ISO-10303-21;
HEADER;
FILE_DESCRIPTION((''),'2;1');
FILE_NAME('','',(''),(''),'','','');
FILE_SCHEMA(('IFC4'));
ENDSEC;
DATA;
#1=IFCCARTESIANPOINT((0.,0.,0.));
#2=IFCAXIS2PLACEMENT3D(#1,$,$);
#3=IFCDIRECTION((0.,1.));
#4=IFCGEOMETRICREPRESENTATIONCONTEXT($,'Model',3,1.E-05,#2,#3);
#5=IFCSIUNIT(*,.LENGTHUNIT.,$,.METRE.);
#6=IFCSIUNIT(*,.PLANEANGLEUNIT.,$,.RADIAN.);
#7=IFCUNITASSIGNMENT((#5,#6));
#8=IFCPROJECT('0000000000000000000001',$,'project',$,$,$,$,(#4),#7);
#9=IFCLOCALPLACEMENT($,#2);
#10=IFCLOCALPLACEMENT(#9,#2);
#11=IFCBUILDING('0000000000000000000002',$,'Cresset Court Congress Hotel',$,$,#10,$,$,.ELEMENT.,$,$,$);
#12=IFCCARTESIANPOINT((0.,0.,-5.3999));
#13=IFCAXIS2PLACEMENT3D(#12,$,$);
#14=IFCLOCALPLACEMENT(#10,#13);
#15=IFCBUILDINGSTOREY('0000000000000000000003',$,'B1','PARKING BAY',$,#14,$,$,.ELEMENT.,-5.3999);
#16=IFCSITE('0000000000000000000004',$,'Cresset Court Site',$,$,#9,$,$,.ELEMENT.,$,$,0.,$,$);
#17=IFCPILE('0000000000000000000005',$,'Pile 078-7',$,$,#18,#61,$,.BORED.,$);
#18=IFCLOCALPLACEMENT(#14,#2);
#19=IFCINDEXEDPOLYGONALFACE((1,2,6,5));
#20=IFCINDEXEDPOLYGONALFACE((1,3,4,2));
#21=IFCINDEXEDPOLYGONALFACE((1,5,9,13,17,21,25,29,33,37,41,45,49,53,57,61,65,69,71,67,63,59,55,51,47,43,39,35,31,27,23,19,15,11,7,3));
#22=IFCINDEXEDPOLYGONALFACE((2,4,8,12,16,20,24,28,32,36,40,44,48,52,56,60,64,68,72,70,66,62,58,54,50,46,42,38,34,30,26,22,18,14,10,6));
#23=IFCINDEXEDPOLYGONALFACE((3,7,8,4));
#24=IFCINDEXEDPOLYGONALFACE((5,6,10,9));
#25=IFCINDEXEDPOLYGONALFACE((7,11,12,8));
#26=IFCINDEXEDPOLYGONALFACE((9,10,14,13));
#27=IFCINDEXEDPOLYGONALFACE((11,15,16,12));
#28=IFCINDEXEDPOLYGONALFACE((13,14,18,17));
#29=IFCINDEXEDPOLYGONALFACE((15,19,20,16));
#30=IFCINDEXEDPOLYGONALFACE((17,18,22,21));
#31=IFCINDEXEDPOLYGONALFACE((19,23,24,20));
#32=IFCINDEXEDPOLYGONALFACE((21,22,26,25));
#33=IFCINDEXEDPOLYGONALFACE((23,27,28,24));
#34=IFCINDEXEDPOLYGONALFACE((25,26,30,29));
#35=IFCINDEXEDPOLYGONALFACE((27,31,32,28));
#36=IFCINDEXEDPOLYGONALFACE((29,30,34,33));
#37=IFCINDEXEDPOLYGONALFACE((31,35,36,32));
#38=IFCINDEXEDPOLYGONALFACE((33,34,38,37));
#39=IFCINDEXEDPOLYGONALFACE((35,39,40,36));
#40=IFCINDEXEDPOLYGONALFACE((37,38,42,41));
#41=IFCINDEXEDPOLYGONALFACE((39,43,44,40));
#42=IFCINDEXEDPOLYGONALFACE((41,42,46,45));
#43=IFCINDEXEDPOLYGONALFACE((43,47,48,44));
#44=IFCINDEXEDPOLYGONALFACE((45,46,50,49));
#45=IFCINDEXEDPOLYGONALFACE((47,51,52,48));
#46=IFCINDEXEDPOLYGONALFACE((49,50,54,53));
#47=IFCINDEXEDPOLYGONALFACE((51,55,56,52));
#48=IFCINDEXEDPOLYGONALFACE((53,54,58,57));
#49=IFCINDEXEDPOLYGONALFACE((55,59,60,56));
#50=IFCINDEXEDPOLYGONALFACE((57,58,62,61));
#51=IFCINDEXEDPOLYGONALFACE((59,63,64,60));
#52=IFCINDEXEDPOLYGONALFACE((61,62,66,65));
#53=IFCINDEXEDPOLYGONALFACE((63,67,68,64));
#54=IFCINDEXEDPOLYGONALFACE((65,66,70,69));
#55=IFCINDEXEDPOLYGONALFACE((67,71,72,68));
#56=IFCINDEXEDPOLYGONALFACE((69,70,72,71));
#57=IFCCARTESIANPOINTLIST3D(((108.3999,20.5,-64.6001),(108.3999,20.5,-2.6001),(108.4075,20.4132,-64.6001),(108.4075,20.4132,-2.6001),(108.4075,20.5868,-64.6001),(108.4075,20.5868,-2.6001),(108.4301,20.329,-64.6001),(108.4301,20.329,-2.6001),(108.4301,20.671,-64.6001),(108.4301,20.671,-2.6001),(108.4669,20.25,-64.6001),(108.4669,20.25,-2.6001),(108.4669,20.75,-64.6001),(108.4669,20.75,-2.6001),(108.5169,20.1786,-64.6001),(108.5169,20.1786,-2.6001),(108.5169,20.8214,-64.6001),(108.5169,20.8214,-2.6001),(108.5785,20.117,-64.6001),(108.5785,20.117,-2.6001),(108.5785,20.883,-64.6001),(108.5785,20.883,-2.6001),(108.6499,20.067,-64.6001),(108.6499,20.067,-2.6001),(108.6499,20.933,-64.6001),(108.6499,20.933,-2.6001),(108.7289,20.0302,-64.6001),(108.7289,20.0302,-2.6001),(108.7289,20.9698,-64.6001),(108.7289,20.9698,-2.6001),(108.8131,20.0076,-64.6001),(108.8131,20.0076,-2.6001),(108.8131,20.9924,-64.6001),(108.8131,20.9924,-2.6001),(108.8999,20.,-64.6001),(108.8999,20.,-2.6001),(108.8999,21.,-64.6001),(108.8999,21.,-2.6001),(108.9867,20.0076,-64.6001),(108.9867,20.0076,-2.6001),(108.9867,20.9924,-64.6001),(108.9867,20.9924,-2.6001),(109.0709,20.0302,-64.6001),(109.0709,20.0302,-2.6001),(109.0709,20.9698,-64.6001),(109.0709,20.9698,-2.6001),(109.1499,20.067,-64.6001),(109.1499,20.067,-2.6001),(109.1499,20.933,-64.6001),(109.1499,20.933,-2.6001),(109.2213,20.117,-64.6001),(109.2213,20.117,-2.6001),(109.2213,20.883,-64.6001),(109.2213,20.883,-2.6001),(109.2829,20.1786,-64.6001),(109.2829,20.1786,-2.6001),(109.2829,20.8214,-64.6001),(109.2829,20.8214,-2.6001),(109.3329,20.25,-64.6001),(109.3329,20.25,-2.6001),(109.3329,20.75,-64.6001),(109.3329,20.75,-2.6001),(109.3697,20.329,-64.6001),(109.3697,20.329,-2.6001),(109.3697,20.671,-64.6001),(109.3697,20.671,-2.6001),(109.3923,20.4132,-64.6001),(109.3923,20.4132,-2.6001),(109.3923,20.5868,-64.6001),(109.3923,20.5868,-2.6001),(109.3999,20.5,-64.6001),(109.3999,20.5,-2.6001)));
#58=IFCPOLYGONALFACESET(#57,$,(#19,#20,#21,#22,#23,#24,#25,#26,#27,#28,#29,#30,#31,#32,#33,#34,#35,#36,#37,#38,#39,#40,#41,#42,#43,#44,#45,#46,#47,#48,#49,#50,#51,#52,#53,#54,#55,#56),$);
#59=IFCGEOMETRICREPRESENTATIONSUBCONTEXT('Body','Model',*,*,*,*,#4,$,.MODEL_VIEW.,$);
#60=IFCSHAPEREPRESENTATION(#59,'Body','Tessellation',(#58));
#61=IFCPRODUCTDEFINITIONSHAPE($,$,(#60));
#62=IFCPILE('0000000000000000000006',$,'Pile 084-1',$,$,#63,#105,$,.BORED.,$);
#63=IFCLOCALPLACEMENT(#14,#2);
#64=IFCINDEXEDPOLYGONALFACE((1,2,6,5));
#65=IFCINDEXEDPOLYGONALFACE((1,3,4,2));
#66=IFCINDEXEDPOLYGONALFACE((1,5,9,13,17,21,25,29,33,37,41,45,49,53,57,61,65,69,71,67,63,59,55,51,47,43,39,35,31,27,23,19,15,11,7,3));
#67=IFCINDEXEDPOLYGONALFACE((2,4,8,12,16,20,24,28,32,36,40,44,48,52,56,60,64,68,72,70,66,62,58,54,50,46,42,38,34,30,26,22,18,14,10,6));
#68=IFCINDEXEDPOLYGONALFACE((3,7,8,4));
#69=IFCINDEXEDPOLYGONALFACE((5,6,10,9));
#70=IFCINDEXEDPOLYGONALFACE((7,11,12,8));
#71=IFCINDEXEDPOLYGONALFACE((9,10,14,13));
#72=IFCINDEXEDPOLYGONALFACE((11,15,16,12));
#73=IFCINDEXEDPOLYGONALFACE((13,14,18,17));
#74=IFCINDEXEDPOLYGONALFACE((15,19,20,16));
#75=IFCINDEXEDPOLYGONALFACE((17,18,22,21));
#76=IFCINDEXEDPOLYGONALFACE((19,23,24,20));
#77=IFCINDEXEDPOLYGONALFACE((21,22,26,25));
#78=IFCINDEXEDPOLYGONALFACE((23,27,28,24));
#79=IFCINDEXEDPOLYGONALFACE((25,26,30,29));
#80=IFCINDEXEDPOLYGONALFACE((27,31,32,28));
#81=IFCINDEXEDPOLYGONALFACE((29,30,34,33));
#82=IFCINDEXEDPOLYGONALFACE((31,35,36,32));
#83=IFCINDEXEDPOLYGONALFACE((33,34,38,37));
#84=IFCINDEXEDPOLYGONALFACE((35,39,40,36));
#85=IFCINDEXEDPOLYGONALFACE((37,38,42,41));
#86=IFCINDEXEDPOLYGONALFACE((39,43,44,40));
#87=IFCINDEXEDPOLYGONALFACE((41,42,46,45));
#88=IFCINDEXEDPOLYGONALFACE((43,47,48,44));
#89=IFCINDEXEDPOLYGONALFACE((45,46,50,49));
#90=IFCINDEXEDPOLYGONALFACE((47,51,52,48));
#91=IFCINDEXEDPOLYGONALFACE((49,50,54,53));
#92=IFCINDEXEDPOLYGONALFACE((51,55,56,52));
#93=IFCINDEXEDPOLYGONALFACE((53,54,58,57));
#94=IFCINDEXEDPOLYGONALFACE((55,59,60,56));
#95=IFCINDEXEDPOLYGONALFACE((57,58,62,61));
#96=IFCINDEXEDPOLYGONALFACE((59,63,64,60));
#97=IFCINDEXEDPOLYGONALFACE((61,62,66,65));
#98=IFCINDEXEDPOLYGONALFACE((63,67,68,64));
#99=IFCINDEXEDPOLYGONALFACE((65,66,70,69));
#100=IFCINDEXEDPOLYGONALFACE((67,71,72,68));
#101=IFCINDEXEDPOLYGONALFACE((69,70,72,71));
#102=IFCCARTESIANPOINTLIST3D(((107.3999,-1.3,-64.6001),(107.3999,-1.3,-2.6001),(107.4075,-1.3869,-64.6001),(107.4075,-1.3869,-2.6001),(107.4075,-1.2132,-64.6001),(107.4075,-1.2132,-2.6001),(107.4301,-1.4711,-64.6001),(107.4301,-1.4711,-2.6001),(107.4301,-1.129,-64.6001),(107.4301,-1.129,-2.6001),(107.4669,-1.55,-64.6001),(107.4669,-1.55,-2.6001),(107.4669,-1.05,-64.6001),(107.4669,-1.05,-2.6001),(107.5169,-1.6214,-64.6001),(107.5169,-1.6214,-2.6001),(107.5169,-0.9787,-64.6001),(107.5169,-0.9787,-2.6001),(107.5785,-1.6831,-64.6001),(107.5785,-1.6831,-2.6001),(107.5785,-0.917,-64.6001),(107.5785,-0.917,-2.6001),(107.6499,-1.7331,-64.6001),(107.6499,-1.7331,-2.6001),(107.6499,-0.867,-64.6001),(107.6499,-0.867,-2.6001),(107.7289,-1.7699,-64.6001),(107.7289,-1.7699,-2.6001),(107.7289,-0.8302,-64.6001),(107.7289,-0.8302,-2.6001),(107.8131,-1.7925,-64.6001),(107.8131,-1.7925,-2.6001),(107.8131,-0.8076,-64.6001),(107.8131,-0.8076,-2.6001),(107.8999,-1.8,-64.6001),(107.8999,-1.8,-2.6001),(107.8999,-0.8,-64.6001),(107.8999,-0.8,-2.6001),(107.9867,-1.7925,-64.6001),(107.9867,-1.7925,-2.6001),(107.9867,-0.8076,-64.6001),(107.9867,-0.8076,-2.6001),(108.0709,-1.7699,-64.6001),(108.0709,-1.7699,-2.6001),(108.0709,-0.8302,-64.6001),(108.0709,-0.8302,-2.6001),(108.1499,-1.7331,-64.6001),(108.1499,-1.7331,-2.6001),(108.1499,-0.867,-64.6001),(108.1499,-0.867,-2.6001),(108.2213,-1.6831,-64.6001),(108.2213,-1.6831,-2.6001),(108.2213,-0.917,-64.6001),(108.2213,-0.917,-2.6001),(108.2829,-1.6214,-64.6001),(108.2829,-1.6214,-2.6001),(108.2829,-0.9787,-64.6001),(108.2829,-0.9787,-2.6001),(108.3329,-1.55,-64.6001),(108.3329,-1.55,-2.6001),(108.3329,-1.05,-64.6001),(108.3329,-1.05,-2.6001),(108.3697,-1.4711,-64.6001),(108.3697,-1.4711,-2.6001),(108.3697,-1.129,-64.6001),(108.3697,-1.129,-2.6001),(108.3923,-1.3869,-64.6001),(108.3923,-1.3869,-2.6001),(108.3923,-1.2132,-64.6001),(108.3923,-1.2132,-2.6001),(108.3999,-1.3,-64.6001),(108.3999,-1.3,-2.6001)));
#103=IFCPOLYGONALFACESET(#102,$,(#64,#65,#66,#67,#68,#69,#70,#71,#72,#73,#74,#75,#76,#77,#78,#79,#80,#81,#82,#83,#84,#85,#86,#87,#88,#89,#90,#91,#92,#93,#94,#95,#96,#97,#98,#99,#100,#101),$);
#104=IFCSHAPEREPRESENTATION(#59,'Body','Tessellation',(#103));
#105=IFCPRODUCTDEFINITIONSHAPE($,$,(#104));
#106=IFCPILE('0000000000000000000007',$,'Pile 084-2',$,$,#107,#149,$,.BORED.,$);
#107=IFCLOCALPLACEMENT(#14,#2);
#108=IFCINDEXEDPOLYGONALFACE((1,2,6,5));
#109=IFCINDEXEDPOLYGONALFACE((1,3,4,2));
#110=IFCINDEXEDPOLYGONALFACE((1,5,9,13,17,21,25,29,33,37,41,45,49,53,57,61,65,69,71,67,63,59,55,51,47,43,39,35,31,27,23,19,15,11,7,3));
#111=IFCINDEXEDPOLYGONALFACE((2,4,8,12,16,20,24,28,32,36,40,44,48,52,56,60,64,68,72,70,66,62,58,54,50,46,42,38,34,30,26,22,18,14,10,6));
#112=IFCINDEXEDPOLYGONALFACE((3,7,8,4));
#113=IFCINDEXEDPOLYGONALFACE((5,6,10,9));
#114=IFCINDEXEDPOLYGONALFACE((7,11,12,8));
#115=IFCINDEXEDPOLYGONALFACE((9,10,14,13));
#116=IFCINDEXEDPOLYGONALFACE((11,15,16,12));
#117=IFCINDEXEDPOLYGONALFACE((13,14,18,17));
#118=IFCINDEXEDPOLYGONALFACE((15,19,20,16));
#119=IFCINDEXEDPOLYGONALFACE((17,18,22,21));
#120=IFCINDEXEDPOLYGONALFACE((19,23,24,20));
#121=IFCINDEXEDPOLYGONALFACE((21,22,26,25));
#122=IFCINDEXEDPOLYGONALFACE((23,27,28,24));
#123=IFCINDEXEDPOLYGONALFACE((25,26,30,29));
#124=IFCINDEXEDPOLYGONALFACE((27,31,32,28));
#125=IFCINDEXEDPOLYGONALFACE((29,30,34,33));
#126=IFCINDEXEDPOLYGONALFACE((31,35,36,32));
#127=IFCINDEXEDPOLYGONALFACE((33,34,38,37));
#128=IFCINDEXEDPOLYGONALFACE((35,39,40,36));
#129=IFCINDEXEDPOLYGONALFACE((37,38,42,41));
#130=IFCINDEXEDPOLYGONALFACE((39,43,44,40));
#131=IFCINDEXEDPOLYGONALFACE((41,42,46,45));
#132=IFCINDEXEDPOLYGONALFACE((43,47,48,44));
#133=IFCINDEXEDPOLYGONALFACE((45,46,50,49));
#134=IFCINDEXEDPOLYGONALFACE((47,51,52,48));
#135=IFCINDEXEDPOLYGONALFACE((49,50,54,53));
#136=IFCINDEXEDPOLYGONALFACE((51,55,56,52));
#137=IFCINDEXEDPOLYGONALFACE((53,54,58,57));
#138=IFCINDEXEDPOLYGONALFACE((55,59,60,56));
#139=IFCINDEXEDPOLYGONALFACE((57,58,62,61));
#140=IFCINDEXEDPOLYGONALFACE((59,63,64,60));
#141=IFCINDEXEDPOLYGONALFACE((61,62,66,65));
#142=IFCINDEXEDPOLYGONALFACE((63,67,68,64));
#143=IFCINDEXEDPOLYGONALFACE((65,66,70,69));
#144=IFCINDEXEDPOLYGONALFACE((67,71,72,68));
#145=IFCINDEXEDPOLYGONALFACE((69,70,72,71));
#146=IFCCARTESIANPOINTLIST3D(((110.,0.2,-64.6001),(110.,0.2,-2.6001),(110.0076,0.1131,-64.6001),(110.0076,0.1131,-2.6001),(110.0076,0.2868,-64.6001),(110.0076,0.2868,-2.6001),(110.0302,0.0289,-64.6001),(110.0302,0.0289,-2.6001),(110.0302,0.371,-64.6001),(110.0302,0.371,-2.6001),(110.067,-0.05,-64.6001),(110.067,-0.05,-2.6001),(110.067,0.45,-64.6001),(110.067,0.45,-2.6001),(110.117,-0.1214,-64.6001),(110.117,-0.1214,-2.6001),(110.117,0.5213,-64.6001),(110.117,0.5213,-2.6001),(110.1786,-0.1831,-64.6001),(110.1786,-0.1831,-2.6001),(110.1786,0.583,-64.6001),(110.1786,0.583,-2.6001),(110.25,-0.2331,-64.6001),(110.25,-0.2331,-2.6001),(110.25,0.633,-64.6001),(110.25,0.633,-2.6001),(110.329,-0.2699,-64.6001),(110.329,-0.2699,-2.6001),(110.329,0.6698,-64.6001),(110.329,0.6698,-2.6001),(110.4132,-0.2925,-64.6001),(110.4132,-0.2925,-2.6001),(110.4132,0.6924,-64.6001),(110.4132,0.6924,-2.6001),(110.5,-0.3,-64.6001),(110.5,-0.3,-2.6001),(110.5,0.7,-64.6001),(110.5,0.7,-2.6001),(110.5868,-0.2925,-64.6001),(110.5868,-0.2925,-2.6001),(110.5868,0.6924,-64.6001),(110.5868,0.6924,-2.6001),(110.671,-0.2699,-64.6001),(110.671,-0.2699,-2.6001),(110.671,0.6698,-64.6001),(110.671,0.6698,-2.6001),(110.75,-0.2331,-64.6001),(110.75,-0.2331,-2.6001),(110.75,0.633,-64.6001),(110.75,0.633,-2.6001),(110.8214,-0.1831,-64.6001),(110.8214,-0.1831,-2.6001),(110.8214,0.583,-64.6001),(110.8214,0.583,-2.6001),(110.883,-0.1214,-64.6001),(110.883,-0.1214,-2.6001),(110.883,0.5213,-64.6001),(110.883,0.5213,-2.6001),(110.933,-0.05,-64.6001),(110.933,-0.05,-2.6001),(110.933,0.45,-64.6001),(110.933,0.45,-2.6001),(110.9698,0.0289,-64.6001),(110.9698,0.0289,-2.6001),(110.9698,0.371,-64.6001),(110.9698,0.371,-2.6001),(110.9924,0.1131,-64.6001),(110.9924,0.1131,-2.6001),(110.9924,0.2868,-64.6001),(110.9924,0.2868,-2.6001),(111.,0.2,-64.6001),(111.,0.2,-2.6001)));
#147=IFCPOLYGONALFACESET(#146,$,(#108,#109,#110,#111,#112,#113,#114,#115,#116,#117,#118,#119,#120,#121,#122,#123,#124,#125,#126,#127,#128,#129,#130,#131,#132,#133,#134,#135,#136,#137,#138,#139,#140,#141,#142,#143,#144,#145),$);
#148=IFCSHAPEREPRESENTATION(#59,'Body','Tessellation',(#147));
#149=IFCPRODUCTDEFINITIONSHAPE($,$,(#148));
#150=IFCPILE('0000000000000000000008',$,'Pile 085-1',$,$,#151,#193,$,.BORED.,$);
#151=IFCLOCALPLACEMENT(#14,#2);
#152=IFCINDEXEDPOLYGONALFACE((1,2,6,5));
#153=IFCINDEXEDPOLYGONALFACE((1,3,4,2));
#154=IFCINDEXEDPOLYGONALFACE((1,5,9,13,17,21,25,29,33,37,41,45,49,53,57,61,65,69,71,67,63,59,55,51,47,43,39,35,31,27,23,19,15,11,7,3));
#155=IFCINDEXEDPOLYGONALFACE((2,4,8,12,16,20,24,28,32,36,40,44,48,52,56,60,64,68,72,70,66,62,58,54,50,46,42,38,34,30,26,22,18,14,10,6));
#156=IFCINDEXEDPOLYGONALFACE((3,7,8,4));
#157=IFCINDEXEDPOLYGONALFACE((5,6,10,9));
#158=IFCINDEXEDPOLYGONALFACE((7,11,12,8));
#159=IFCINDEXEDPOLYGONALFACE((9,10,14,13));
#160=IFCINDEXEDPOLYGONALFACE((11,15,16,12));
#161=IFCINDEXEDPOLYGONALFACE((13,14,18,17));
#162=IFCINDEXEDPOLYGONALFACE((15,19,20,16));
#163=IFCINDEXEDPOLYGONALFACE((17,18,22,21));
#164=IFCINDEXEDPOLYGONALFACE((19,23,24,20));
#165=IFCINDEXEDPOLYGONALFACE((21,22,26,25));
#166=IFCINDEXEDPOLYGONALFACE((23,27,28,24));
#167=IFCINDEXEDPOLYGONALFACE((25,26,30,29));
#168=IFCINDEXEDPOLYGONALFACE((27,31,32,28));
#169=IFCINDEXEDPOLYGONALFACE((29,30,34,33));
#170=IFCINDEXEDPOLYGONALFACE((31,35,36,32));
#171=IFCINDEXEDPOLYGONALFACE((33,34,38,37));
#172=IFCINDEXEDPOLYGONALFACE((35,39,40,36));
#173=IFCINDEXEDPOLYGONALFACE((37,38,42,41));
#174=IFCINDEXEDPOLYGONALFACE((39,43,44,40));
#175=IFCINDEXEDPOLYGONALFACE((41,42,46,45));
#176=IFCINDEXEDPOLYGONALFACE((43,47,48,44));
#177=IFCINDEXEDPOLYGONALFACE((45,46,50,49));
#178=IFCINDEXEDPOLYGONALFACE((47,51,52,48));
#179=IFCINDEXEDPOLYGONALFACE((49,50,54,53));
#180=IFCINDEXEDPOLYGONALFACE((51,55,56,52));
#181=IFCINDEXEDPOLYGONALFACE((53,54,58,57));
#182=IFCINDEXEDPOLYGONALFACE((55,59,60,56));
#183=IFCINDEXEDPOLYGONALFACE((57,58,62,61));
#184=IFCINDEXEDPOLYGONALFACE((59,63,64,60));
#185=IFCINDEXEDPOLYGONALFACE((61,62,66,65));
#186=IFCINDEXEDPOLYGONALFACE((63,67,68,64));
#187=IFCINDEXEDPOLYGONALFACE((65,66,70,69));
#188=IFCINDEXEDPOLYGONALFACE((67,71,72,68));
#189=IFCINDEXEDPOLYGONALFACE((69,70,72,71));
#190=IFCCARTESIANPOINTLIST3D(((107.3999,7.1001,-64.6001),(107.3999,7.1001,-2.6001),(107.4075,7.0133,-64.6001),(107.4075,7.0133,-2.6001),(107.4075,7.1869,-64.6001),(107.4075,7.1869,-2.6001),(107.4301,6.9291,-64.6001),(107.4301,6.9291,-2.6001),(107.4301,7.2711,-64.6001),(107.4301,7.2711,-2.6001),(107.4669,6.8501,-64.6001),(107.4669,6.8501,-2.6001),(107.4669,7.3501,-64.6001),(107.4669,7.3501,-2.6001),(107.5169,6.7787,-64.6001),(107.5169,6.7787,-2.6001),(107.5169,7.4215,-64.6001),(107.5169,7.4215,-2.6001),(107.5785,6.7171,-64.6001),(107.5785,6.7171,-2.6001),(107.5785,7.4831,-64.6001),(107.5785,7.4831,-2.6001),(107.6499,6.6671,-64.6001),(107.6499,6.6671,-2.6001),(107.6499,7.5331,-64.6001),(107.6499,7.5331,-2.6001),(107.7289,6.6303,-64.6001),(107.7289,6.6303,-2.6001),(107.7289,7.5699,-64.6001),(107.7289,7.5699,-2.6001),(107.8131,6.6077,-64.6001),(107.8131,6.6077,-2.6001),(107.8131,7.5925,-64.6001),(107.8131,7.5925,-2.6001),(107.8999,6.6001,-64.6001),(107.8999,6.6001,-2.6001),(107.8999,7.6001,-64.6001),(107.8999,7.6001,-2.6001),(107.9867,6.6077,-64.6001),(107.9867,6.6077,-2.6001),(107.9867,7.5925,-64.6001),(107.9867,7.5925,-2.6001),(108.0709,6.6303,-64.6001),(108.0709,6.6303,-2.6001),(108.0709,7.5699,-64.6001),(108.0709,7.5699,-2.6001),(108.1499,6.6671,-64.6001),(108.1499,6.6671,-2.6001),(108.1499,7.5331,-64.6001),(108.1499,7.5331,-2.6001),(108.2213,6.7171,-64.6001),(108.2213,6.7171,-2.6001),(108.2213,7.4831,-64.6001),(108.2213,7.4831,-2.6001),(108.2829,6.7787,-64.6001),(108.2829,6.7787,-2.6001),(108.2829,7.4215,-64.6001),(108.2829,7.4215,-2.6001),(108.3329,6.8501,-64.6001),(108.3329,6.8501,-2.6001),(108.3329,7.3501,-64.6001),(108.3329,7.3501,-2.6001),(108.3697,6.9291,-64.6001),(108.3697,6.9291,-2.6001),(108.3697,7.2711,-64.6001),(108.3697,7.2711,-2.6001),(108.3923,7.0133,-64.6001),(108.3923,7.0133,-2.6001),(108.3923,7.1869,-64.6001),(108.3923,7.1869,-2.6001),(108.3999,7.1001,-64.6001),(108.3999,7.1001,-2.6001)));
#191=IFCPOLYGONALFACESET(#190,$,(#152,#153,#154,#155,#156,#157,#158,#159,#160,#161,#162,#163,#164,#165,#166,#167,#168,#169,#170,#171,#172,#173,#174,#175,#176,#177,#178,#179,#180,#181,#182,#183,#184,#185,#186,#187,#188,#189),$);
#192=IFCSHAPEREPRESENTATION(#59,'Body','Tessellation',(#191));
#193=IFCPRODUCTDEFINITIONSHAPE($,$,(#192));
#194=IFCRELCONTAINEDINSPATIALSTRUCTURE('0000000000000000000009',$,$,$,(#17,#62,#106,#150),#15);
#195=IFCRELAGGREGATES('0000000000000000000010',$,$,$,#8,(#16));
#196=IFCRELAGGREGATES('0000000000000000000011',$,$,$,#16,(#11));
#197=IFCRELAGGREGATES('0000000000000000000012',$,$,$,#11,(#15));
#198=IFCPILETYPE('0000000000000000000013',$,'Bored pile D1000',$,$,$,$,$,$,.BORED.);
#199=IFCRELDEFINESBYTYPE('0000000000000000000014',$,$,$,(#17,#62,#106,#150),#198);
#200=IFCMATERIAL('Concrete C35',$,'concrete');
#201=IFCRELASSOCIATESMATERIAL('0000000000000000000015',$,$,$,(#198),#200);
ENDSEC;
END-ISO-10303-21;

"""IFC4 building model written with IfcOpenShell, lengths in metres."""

from ifc_helpers import new_model, si_unit, direction, frame, origin, origin_2d, place, context, subcontext, project, spatial, circle, extrude, material, type_object, element, save


model = new_model("IFC4")

# Units and contexts
model_context = context("Model", 3, precision=1e-05, world=origin(), true_north=direction((0.0, 1.0)))
body_context = subcontext(model_context, "Body", "Model", "MODEL_VIEW")
ifc_project = project(units=[si_unit("LENGTHUNIT", "METRE"), si_unit("PLANEANGLEUNIT", "RADIAN")], contexts=[model_context])

# Site, building, storey
site_placement = place(None, origin())
site = spatial("IfcSite", under=ifc_project, at=site_placement, Name="Cresset Court Site", CompositionType="ELEMENT", RefElevation=0.0)
building_placement = place(site_placement, origin())
building = spatial("IfcBuilding", under=site, at=building_placement, Name="Cresset Court Congress Hotel", CompositionType="ELEMENT")
storey_placement = place(building_placement, frame((0.0, 0.0, -5.3999)))
storey = spatial("IfcBuildingStorey", under=building, at=storey_placement, Name="B1", Description="PARKING BAY", CompositionType="ELEMENT", Elevation=-5.3999)

# Piles
ifc_material_1 = material(Name="Concrete C35", Category="concrete")
pile_type = type_object("IfcPileType", Name="Bored pile D1000", PredefinedType="BORED", material=ifc_material_1)
for number, where, z_axis, x_axis, name in (
    (1, (108.8999, 20.5, -2.6001), (0.0, 0.0, -1.0), (1.0, 0.0, 0.0), "Pile 078-7"),
    (2, (107.8999, -1.3, -2.6001), (0.0, 0.0, -1.0), (1.0, 0.0, 0.0), "Pile 084-1"),
    (3, (110.5, 0.2, -2.6001), (0.0, 0.0, -1.0), (1.0, 0.0, 0.0), "Pile 084-2"),
    (4, (107.8999, 7.1001, -2.6001), (0.0, 0.0, -1.0), (1.0, 0.0, 0.0), "Pile 085-1"),
):
    element("IfcPile", number, at=place(storey_placement, frame(where, z_axis=z_axis, x_axis=x_axis)), inside=storey, type_object=pile_type, Name=name, PredefinedType="BORED", context=body_context, shape_type="SweptSolid", body=[
        extrude(circle(Radius=0.5, at=origin_2d()), origin(), (0.0, 0.0, 1.0), 62.0),
    ])

save(model, "model.ifc")
